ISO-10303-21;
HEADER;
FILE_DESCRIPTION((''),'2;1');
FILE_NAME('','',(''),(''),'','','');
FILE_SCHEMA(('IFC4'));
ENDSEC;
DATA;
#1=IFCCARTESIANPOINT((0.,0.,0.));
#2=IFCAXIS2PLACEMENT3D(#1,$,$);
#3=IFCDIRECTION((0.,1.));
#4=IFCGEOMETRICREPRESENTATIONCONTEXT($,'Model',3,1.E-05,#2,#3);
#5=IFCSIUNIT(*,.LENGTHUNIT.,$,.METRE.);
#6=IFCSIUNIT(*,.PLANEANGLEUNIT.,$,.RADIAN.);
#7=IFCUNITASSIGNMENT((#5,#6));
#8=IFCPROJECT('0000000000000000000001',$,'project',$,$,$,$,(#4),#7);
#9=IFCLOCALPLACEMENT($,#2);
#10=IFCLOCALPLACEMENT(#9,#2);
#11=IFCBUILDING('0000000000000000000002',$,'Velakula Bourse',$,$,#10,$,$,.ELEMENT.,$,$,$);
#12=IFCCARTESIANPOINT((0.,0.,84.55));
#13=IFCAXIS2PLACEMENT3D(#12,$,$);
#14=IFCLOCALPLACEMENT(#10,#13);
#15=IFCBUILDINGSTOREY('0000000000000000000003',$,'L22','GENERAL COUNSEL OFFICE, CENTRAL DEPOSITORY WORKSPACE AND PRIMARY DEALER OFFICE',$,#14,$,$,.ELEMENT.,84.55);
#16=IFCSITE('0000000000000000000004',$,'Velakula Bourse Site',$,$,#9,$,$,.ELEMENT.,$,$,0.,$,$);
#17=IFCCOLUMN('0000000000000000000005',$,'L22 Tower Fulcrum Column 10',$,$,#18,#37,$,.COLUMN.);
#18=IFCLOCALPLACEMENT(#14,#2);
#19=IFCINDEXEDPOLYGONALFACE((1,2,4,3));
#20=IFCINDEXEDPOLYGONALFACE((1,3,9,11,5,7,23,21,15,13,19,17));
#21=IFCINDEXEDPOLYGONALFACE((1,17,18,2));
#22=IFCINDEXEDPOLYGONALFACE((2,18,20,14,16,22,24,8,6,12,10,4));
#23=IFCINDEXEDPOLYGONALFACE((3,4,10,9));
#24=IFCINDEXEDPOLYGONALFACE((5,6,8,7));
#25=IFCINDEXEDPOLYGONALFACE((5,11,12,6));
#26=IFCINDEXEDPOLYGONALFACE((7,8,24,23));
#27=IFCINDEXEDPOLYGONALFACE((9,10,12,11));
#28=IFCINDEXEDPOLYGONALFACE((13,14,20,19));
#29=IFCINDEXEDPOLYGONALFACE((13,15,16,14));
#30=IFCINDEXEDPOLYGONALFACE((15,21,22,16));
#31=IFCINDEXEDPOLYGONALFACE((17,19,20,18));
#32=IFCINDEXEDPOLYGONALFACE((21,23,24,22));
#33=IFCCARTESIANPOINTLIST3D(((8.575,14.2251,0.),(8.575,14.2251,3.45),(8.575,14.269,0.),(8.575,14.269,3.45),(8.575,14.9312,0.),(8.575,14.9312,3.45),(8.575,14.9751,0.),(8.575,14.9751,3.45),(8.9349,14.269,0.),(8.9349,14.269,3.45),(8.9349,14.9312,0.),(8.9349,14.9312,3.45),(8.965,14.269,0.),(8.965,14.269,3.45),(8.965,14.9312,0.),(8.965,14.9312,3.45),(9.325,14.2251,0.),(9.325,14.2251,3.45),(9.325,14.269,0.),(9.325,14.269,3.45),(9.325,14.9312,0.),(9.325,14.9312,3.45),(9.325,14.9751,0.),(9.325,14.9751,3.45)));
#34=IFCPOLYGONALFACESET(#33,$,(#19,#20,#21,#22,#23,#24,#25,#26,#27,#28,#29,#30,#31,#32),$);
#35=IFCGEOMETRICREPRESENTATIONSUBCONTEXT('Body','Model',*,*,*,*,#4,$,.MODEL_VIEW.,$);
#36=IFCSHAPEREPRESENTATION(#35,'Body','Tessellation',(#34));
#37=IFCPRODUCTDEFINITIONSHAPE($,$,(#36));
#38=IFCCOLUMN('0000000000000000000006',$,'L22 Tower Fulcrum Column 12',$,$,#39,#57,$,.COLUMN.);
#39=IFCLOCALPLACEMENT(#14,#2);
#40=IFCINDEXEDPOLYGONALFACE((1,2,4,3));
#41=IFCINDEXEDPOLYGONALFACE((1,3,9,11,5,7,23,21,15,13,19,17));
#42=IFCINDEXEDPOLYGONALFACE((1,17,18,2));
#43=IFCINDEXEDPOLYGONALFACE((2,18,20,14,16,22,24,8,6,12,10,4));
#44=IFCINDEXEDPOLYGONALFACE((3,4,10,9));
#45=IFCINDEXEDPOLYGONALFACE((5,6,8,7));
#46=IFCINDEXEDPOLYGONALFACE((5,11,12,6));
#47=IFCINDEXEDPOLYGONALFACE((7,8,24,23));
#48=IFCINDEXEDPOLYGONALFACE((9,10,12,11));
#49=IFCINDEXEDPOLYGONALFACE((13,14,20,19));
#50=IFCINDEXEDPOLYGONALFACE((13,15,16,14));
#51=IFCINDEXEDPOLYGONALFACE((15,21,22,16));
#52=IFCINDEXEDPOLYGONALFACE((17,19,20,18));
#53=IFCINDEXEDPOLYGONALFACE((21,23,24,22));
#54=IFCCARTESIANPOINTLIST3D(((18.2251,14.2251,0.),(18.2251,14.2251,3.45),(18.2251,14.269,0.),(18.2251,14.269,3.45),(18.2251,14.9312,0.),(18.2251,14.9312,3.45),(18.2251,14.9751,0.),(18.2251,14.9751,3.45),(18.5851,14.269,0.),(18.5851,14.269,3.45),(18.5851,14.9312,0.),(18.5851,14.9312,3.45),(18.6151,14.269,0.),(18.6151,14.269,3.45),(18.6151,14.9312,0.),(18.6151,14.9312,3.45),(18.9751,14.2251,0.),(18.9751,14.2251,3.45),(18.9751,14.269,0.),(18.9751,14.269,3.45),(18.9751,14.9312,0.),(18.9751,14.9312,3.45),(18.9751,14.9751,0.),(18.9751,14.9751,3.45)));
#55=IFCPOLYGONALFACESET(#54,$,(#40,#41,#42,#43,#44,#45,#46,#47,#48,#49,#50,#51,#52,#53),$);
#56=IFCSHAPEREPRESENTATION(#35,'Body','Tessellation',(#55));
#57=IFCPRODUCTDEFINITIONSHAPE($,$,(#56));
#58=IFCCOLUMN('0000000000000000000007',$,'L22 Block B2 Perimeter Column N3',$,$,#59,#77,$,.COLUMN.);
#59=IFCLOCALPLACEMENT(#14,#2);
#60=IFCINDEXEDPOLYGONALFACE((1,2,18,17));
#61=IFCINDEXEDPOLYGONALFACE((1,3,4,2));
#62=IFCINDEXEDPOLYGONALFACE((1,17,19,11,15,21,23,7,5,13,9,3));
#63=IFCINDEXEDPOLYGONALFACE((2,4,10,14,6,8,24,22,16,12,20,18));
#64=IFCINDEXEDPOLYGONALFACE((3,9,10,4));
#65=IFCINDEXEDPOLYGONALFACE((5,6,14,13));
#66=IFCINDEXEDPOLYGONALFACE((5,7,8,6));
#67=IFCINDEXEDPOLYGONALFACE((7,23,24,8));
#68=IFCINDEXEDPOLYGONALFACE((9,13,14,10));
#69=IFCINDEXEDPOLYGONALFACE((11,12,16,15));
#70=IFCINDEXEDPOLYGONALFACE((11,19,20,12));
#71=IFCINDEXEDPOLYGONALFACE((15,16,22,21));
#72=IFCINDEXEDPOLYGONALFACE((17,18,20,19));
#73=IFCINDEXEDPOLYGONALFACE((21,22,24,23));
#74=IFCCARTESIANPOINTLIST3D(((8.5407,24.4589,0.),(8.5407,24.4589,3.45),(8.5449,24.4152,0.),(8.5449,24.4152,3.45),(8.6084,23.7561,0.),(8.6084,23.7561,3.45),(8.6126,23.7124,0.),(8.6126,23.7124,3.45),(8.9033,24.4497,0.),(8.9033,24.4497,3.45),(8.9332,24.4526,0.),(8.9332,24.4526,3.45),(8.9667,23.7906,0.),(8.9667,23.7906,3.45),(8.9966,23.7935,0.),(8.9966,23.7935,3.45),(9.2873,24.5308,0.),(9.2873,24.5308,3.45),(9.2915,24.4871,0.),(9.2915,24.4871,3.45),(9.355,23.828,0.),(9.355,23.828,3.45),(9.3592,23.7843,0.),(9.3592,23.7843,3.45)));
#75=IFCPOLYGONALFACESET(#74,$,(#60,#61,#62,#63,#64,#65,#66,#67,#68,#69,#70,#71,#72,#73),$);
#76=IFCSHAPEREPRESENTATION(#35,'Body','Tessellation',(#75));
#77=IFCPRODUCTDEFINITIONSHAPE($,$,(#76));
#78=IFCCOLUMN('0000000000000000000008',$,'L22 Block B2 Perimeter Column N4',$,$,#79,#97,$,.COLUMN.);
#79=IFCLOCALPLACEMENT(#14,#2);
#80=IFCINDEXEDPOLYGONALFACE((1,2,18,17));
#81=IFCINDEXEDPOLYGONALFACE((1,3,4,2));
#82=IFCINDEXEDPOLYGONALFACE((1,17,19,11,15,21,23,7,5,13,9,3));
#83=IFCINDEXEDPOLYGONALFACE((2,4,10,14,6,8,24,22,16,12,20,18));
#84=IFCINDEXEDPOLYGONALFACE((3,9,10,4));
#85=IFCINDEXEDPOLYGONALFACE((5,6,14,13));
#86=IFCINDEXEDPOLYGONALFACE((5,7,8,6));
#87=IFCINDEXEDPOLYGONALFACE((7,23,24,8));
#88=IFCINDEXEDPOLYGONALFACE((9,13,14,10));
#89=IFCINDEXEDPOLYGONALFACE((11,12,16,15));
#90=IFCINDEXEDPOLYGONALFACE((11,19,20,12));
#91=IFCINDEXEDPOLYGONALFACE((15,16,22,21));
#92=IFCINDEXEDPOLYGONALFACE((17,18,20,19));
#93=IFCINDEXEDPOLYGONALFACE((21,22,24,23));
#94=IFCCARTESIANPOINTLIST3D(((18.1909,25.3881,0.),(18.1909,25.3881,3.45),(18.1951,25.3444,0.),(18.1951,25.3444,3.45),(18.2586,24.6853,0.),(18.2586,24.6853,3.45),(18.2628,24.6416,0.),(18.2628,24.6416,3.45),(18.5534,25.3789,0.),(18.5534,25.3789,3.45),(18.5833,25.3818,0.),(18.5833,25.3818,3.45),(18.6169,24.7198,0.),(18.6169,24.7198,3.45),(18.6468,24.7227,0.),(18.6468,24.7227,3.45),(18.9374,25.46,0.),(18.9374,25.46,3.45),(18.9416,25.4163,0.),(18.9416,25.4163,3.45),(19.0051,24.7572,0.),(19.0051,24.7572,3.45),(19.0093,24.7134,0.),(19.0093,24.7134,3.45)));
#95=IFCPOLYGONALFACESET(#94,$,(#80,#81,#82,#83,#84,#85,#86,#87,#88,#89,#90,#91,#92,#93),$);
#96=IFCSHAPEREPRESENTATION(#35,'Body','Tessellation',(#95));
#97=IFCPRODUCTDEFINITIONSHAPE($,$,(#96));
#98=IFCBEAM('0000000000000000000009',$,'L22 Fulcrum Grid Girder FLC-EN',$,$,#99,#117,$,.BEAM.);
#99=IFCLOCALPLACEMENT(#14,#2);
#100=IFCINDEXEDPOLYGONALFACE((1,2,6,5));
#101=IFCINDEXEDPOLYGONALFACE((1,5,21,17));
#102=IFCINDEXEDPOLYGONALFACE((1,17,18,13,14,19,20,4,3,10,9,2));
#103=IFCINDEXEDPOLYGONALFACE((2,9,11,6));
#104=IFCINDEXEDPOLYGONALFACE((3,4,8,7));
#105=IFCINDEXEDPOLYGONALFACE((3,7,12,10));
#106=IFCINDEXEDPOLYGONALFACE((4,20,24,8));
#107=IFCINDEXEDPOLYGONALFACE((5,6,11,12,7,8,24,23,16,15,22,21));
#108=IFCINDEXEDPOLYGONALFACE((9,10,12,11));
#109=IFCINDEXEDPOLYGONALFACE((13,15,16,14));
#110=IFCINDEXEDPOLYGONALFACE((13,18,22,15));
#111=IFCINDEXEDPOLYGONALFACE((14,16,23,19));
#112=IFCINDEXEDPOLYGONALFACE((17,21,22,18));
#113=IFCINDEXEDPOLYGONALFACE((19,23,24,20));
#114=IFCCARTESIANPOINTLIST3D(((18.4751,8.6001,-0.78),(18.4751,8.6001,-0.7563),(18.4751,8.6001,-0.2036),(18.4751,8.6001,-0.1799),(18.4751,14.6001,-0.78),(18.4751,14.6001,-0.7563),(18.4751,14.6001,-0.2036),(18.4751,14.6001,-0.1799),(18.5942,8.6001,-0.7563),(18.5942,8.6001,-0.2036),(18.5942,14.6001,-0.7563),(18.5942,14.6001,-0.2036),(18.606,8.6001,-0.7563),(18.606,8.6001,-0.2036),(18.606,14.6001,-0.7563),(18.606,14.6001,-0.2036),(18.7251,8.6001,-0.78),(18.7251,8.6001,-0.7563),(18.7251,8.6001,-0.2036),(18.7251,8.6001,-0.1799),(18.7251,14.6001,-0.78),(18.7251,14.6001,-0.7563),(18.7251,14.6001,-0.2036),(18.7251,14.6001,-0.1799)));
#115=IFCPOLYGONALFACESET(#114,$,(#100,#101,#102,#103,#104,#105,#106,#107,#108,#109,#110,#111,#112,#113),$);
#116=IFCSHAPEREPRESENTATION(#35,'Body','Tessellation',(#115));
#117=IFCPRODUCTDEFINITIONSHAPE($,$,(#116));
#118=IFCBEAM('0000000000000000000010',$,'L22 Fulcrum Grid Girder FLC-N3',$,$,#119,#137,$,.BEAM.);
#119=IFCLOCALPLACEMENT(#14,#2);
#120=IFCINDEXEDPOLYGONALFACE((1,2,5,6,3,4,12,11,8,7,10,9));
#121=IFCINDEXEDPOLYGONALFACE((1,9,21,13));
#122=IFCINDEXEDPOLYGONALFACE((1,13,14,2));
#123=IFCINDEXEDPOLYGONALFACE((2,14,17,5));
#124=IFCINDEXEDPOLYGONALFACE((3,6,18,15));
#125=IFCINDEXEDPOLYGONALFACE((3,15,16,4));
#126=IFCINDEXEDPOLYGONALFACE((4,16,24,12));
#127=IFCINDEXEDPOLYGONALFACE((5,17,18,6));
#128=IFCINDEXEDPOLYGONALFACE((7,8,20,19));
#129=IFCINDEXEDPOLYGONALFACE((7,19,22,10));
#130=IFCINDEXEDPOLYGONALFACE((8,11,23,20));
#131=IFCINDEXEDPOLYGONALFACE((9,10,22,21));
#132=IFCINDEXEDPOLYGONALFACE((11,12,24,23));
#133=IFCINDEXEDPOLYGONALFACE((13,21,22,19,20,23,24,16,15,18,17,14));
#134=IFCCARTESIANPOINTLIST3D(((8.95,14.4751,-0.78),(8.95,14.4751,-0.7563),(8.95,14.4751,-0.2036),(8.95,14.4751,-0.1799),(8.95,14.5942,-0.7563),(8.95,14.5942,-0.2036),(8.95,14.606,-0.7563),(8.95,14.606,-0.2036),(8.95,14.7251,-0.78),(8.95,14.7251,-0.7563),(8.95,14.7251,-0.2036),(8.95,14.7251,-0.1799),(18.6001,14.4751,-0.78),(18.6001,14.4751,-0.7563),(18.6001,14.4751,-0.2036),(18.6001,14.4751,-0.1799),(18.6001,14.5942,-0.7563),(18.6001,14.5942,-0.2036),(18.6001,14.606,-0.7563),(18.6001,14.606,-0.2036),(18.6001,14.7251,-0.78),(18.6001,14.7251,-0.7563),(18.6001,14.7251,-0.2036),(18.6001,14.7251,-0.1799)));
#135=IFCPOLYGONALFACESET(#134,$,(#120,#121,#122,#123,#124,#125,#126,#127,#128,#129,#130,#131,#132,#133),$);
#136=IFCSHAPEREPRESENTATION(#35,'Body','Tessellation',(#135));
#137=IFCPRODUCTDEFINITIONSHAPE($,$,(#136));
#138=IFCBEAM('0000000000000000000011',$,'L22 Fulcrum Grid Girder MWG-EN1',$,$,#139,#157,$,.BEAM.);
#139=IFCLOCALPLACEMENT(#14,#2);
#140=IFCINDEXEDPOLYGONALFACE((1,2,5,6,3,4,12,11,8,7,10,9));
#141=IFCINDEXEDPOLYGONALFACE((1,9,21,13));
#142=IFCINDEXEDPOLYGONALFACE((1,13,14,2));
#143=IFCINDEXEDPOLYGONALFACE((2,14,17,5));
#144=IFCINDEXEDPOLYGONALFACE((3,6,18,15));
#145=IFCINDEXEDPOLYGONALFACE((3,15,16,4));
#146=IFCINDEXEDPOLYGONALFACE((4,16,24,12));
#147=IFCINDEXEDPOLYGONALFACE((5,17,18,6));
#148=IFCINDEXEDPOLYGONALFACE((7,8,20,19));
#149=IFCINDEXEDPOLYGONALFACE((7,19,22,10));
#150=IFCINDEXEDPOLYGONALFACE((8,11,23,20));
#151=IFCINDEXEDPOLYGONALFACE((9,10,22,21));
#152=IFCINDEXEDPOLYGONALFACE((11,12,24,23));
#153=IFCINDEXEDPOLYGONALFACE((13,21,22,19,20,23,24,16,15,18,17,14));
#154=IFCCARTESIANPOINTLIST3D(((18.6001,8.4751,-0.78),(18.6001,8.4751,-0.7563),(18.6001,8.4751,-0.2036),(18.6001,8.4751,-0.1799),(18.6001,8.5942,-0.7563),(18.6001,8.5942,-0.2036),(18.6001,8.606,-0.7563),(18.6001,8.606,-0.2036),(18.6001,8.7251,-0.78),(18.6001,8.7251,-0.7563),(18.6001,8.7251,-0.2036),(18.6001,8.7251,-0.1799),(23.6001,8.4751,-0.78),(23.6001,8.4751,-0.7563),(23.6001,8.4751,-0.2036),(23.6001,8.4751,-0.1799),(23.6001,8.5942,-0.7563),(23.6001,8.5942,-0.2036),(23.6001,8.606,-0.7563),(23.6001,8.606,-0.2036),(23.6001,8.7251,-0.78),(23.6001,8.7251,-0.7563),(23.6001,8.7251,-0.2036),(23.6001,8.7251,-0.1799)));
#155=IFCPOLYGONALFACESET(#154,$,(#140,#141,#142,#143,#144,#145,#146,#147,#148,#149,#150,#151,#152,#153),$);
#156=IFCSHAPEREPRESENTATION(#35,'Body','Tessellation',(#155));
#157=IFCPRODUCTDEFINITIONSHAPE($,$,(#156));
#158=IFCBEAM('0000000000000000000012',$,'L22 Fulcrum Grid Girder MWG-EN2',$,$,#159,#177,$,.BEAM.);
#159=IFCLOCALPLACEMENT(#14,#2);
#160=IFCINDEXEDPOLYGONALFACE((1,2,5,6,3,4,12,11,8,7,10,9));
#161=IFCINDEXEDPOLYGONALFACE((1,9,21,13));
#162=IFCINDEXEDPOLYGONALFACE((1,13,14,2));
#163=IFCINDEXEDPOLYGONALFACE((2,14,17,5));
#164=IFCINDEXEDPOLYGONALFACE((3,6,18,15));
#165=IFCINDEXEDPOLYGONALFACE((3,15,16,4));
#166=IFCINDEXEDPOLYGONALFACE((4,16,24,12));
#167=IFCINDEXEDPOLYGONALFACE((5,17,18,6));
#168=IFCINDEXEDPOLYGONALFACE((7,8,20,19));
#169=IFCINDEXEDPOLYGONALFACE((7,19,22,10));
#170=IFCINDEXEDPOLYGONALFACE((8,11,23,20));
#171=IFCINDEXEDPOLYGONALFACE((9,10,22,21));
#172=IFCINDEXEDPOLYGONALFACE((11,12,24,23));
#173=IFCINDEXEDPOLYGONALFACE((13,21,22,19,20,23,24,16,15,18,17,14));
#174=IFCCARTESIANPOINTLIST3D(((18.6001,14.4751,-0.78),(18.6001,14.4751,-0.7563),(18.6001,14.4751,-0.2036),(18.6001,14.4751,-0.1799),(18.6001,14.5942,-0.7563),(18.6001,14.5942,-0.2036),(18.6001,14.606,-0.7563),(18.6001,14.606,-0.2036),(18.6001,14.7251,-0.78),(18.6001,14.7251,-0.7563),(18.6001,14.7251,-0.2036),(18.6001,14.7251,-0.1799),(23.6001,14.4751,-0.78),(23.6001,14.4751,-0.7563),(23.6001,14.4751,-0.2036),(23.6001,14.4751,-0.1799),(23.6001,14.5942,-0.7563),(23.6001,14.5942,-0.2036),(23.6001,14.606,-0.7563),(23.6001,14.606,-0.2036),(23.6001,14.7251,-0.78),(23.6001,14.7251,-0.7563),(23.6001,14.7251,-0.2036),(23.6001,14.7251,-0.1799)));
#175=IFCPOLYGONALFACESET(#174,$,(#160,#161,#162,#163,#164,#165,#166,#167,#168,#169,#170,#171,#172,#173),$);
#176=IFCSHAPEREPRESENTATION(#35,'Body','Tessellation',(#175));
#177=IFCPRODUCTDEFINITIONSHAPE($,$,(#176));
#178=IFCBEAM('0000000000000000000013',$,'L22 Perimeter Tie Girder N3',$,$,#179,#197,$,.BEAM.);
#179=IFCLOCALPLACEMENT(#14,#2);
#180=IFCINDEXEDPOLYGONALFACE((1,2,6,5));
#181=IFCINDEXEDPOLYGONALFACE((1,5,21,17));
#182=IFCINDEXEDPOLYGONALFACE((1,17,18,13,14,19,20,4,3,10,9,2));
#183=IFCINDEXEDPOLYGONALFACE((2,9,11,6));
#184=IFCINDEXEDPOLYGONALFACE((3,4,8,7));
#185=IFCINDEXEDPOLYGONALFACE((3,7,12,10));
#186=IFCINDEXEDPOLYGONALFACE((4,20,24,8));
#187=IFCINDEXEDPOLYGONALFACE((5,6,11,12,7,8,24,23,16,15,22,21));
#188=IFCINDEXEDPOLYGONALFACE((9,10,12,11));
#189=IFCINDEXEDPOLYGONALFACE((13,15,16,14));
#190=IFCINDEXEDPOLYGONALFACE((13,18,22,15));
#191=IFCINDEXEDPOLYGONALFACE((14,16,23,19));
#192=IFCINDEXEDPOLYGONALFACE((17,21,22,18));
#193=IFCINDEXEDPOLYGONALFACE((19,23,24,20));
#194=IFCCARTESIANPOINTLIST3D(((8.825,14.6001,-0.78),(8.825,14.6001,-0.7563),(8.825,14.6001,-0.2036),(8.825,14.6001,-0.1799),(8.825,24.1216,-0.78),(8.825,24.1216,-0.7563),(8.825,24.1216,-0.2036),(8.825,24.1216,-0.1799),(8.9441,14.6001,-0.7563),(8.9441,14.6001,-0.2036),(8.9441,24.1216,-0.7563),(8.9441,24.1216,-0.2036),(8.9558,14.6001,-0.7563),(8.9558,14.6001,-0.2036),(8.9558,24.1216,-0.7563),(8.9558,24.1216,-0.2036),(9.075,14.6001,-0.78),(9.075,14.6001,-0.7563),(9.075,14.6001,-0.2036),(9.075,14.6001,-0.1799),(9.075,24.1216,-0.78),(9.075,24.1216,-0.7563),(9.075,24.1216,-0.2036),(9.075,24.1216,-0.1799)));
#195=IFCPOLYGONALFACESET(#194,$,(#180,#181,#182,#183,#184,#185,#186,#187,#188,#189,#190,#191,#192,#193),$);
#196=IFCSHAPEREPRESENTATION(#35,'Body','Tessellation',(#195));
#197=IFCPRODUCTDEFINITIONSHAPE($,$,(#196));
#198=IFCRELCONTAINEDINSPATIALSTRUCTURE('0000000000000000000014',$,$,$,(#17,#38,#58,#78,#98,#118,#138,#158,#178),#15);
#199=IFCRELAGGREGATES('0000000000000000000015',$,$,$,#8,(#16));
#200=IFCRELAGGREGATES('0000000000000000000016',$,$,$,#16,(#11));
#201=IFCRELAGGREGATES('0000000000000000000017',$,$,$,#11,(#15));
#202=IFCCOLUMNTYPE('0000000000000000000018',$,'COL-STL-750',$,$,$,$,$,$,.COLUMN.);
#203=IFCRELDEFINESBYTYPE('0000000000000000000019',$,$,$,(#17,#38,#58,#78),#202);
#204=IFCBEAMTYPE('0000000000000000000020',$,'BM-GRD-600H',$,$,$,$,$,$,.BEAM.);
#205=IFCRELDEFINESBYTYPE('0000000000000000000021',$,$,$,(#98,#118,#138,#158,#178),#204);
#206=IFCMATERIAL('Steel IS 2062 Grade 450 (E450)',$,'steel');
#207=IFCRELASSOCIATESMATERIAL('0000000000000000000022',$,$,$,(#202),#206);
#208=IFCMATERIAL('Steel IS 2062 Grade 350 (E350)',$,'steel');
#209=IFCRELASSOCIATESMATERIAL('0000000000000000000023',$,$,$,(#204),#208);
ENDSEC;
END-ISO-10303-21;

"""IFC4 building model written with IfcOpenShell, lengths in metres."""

from ifc_helpers import new_model, si_unit, direction, frame, origin, origin_2d, place, context, subcontext, project, spatial, i_section, extrude, material, material_profile, profile_set, type_object, element, save


model = new_model("IFC4")

# Units and contexts
model_context = context("Model", 3, precision=1e-05, world=origin(), true_north=direction((0.0, 1.0)))
body_context = subcontext(model_context, "Body", "Model", "MODEL_VIEW")
ifc_project = project(units=[si_unit("LENGTHUNIT", "METRE"), si_unit("PLANEANGLEUNIT", "RADIAN")], contexts=[model_context])

# Site, building, storey
site_placement = place(None, origin())
site = spatial("IfcSite", under=ifc_project, at=site_placement, Name="Velakula Bourse Site", CompositionType="ELEMENT", RefElevation=0.0)
building_placement = place(site_placement, origin())
building = spatial("IfcBuilding", under=site, at=building_placement, Name="Velakula Bourse", CompositionType="ELEMENT")
storey_placement = place(building_placement, frame((0.0, 0.0, 84.55)))
storey = spatial("IfcBuildingStorey", under=building, at=storey_placement, Name="L22", Description="GENERAL COUNSEL OFFICE, CENTRAL DEPOSITORY WORKSPACE AND PRIMARY DEALER OFFICE", CompositionType="ELEMENT", Elevation=84.55)

# Columns
ifc_material_1 = material(Name="Steel IS 2062 Grade 450 (E450)", Category="steel")
ifc_material_profile_1 = material_profile(ifc_material_1, i_section(OverallWidth=0.75, OverallDepth=0.75, WebThickness=0.03, FlangeThickness=0.0439, at=origin_2d()), Name="Steel IS 2062 Grade 450 (E450)")
ifc_profile_set_1 = profile_set([ifc_material_profile_1], Name="Steel IS 2062 Grade 450 (E450)")
column_type = type_object("IfcColumnType", Name="COL-STL-750", PredefinedType="COLUMN", material=ifc_profile_set_1)
for number, where, z_axis, x_axis, name in (
    (1, (8.95, 14.6001, 0.0), (0.0, 0.0, 1.0), (1.0, 0.0, 0.0), "L22 Tower Fulcrum Column 10"),
    (2, (18.6001, 14.6001, 0.0), (0.0, 0.0, 1.0), (1.0, 0.0, 0.0), "L22 Tower Fulcrum Column 12"),
    (3, (8.95, 24.1216, 0.0), (0.0, 0.0, 1.0), (0.995396, 0.095846, 0.0), "L22 Block B2 Perimeter Column N3"),
    (4, (18.6001, 25.0508, 0.0), (0.0, 0.0, 1.0), (0.995396, 0.095846, 0.0), "L22 Block B2 Perimeter Column N4"),
):
    element("IfcColumn", number, at=place(storey_placement, frame(where, z_axis=z_axis, x_axis=x_axis)), inside=storey, type_object=column_type, Name=name, PredefinedType="COLUMN", context=body_context, shape_type="SweptSolid", body=[
        extrude(i_section(OverallWidth=0.75, OverallDepth=0.75, WebThickness=0.03, FlangeThickness=0.0439, at=origin_2d()), origin(), (0.0, 0.0, 1.0), 3.45),
    ])

# Beams
ifc_material_2 = material(Name="Steel IS 2062 Grade 350 (E350)", Category="steel")
ifc_material_profile_2 = material_profile(ifc_material_2, i_section(OverallWidth=0.25, OverallDepth=0.6001, WebThickness=0.0117, FlangeThickness=0.0237, at=origin_2d()), Name="Steel IS 2062 Grade 350 (E350)")
ifc_profile_set_2 = profile_set([ifc_material_profile_2], Name="Steel IS 2062 Grade 350 (E350)")
beam_type_1 = type_object("IfcBeamType", Name="BM-GRD-600H", PredefinedType="BEAM", material=ifc_profile_set_2)
beam_1_placement = place(storey_placement, frame((18.6001, 8.6001, -0.48), z_axis=(0.0, 1.0, 0.0), x_axis=(-1.0, 0.0, 0.0)))
element("IfcBeam", 5, at=beam_1_placement, inside=storey, type_object=beam_type_1, Name="L22 Fulcrum Grid Girder FLC-EN", PredefinedType="BEAM", context=body_context, shape_type="SweptSolid", body=[
    extrude(i_section(OverallWidth=0.25, OverallDepth=0.6001, WebThickness=0.0117, FlangeThickness=0.0237, at=origin_2d()), origin(), (0.0, 0.0, 1.0), 6.0),
])
beam_2_placement = place(storey_placement, frame((8.95, 14.6001, -0.48), z_axis=(1.0, 0.0, 0.0), x_axis=(0.0, 1.0, 0.0)))
element("IfcBeam", 6, at=beam_2_placement, inside=storey, type_object=beam_type_1, Name="L22 Fulcrum Grid Girder FLC-N3", PredefinedType="BEAM", context=body_context, shape_type="SweptSolid", body=[
    extrude(i_section(OverallWidth=0.25, OverallDepth=0.6001, WebThickness=0.0117, FlangeThickness=0.0237, at=origin_2d()), origin(), (0.0, 0.0, 1.0), 9.6501),
])
for number, where, z_axis, x_axis, name in (
    (7, (18.6001, 8.6001, -0.48), (1.0, 0.0, 0.0), (0.0, 1.0, 0.0), "L22 Fulcrum Grid Girder MWG-EN1"),
    (8, (18.6001, 14.6001, -0.48), (1.0, 0.0, 0.0), (0.0, 1.0, 0.0), "L22 Fulcrum Grid Girder MWG-EN2"),
):
    element("IfcBeam", number, at=place(storey_placement, frame(where, z_axis=z_axis, x_axis=x_axis)), inside=storey, type_object=beam_type_1, Name=name, PredefinedType="BEAM", context=body_context, shape_type="SweptSolid", body=[
        extrude(i_section(OverallWidth=0.25, OverallDepth=0.6001, WebThickness=0.0117, FlangeThickness=0.0237, at=origin_2d()), origin(), (0.0, 0.0, 1.0), 5.0),
    ])
beam_3_placement = place(storey_placement, frame((8.95, 14.6001, -0.48), z_axis=(0.0, 1.0, 0.0), x_axis=(-1.0, 0.0, 0.0)))
element("IfcBeam", 9, at=beam_3_placement, inside=storey, type_object=beam_type_1, Name="L22 Perimeter Tie Girder N3", PredefinedType="BEAM", context=body_context, shape_type="SweptSolid", body=[
    extrude(i_section(OverallWidth=0.25, OverallDepth=0.6001, WebThickness=0.0117, FlangeThickness=0.0237, at=origin_2d()), origin(), (0.0, 0.0, 1.0), 9.5215),
])

save(model, "model.ifc")
